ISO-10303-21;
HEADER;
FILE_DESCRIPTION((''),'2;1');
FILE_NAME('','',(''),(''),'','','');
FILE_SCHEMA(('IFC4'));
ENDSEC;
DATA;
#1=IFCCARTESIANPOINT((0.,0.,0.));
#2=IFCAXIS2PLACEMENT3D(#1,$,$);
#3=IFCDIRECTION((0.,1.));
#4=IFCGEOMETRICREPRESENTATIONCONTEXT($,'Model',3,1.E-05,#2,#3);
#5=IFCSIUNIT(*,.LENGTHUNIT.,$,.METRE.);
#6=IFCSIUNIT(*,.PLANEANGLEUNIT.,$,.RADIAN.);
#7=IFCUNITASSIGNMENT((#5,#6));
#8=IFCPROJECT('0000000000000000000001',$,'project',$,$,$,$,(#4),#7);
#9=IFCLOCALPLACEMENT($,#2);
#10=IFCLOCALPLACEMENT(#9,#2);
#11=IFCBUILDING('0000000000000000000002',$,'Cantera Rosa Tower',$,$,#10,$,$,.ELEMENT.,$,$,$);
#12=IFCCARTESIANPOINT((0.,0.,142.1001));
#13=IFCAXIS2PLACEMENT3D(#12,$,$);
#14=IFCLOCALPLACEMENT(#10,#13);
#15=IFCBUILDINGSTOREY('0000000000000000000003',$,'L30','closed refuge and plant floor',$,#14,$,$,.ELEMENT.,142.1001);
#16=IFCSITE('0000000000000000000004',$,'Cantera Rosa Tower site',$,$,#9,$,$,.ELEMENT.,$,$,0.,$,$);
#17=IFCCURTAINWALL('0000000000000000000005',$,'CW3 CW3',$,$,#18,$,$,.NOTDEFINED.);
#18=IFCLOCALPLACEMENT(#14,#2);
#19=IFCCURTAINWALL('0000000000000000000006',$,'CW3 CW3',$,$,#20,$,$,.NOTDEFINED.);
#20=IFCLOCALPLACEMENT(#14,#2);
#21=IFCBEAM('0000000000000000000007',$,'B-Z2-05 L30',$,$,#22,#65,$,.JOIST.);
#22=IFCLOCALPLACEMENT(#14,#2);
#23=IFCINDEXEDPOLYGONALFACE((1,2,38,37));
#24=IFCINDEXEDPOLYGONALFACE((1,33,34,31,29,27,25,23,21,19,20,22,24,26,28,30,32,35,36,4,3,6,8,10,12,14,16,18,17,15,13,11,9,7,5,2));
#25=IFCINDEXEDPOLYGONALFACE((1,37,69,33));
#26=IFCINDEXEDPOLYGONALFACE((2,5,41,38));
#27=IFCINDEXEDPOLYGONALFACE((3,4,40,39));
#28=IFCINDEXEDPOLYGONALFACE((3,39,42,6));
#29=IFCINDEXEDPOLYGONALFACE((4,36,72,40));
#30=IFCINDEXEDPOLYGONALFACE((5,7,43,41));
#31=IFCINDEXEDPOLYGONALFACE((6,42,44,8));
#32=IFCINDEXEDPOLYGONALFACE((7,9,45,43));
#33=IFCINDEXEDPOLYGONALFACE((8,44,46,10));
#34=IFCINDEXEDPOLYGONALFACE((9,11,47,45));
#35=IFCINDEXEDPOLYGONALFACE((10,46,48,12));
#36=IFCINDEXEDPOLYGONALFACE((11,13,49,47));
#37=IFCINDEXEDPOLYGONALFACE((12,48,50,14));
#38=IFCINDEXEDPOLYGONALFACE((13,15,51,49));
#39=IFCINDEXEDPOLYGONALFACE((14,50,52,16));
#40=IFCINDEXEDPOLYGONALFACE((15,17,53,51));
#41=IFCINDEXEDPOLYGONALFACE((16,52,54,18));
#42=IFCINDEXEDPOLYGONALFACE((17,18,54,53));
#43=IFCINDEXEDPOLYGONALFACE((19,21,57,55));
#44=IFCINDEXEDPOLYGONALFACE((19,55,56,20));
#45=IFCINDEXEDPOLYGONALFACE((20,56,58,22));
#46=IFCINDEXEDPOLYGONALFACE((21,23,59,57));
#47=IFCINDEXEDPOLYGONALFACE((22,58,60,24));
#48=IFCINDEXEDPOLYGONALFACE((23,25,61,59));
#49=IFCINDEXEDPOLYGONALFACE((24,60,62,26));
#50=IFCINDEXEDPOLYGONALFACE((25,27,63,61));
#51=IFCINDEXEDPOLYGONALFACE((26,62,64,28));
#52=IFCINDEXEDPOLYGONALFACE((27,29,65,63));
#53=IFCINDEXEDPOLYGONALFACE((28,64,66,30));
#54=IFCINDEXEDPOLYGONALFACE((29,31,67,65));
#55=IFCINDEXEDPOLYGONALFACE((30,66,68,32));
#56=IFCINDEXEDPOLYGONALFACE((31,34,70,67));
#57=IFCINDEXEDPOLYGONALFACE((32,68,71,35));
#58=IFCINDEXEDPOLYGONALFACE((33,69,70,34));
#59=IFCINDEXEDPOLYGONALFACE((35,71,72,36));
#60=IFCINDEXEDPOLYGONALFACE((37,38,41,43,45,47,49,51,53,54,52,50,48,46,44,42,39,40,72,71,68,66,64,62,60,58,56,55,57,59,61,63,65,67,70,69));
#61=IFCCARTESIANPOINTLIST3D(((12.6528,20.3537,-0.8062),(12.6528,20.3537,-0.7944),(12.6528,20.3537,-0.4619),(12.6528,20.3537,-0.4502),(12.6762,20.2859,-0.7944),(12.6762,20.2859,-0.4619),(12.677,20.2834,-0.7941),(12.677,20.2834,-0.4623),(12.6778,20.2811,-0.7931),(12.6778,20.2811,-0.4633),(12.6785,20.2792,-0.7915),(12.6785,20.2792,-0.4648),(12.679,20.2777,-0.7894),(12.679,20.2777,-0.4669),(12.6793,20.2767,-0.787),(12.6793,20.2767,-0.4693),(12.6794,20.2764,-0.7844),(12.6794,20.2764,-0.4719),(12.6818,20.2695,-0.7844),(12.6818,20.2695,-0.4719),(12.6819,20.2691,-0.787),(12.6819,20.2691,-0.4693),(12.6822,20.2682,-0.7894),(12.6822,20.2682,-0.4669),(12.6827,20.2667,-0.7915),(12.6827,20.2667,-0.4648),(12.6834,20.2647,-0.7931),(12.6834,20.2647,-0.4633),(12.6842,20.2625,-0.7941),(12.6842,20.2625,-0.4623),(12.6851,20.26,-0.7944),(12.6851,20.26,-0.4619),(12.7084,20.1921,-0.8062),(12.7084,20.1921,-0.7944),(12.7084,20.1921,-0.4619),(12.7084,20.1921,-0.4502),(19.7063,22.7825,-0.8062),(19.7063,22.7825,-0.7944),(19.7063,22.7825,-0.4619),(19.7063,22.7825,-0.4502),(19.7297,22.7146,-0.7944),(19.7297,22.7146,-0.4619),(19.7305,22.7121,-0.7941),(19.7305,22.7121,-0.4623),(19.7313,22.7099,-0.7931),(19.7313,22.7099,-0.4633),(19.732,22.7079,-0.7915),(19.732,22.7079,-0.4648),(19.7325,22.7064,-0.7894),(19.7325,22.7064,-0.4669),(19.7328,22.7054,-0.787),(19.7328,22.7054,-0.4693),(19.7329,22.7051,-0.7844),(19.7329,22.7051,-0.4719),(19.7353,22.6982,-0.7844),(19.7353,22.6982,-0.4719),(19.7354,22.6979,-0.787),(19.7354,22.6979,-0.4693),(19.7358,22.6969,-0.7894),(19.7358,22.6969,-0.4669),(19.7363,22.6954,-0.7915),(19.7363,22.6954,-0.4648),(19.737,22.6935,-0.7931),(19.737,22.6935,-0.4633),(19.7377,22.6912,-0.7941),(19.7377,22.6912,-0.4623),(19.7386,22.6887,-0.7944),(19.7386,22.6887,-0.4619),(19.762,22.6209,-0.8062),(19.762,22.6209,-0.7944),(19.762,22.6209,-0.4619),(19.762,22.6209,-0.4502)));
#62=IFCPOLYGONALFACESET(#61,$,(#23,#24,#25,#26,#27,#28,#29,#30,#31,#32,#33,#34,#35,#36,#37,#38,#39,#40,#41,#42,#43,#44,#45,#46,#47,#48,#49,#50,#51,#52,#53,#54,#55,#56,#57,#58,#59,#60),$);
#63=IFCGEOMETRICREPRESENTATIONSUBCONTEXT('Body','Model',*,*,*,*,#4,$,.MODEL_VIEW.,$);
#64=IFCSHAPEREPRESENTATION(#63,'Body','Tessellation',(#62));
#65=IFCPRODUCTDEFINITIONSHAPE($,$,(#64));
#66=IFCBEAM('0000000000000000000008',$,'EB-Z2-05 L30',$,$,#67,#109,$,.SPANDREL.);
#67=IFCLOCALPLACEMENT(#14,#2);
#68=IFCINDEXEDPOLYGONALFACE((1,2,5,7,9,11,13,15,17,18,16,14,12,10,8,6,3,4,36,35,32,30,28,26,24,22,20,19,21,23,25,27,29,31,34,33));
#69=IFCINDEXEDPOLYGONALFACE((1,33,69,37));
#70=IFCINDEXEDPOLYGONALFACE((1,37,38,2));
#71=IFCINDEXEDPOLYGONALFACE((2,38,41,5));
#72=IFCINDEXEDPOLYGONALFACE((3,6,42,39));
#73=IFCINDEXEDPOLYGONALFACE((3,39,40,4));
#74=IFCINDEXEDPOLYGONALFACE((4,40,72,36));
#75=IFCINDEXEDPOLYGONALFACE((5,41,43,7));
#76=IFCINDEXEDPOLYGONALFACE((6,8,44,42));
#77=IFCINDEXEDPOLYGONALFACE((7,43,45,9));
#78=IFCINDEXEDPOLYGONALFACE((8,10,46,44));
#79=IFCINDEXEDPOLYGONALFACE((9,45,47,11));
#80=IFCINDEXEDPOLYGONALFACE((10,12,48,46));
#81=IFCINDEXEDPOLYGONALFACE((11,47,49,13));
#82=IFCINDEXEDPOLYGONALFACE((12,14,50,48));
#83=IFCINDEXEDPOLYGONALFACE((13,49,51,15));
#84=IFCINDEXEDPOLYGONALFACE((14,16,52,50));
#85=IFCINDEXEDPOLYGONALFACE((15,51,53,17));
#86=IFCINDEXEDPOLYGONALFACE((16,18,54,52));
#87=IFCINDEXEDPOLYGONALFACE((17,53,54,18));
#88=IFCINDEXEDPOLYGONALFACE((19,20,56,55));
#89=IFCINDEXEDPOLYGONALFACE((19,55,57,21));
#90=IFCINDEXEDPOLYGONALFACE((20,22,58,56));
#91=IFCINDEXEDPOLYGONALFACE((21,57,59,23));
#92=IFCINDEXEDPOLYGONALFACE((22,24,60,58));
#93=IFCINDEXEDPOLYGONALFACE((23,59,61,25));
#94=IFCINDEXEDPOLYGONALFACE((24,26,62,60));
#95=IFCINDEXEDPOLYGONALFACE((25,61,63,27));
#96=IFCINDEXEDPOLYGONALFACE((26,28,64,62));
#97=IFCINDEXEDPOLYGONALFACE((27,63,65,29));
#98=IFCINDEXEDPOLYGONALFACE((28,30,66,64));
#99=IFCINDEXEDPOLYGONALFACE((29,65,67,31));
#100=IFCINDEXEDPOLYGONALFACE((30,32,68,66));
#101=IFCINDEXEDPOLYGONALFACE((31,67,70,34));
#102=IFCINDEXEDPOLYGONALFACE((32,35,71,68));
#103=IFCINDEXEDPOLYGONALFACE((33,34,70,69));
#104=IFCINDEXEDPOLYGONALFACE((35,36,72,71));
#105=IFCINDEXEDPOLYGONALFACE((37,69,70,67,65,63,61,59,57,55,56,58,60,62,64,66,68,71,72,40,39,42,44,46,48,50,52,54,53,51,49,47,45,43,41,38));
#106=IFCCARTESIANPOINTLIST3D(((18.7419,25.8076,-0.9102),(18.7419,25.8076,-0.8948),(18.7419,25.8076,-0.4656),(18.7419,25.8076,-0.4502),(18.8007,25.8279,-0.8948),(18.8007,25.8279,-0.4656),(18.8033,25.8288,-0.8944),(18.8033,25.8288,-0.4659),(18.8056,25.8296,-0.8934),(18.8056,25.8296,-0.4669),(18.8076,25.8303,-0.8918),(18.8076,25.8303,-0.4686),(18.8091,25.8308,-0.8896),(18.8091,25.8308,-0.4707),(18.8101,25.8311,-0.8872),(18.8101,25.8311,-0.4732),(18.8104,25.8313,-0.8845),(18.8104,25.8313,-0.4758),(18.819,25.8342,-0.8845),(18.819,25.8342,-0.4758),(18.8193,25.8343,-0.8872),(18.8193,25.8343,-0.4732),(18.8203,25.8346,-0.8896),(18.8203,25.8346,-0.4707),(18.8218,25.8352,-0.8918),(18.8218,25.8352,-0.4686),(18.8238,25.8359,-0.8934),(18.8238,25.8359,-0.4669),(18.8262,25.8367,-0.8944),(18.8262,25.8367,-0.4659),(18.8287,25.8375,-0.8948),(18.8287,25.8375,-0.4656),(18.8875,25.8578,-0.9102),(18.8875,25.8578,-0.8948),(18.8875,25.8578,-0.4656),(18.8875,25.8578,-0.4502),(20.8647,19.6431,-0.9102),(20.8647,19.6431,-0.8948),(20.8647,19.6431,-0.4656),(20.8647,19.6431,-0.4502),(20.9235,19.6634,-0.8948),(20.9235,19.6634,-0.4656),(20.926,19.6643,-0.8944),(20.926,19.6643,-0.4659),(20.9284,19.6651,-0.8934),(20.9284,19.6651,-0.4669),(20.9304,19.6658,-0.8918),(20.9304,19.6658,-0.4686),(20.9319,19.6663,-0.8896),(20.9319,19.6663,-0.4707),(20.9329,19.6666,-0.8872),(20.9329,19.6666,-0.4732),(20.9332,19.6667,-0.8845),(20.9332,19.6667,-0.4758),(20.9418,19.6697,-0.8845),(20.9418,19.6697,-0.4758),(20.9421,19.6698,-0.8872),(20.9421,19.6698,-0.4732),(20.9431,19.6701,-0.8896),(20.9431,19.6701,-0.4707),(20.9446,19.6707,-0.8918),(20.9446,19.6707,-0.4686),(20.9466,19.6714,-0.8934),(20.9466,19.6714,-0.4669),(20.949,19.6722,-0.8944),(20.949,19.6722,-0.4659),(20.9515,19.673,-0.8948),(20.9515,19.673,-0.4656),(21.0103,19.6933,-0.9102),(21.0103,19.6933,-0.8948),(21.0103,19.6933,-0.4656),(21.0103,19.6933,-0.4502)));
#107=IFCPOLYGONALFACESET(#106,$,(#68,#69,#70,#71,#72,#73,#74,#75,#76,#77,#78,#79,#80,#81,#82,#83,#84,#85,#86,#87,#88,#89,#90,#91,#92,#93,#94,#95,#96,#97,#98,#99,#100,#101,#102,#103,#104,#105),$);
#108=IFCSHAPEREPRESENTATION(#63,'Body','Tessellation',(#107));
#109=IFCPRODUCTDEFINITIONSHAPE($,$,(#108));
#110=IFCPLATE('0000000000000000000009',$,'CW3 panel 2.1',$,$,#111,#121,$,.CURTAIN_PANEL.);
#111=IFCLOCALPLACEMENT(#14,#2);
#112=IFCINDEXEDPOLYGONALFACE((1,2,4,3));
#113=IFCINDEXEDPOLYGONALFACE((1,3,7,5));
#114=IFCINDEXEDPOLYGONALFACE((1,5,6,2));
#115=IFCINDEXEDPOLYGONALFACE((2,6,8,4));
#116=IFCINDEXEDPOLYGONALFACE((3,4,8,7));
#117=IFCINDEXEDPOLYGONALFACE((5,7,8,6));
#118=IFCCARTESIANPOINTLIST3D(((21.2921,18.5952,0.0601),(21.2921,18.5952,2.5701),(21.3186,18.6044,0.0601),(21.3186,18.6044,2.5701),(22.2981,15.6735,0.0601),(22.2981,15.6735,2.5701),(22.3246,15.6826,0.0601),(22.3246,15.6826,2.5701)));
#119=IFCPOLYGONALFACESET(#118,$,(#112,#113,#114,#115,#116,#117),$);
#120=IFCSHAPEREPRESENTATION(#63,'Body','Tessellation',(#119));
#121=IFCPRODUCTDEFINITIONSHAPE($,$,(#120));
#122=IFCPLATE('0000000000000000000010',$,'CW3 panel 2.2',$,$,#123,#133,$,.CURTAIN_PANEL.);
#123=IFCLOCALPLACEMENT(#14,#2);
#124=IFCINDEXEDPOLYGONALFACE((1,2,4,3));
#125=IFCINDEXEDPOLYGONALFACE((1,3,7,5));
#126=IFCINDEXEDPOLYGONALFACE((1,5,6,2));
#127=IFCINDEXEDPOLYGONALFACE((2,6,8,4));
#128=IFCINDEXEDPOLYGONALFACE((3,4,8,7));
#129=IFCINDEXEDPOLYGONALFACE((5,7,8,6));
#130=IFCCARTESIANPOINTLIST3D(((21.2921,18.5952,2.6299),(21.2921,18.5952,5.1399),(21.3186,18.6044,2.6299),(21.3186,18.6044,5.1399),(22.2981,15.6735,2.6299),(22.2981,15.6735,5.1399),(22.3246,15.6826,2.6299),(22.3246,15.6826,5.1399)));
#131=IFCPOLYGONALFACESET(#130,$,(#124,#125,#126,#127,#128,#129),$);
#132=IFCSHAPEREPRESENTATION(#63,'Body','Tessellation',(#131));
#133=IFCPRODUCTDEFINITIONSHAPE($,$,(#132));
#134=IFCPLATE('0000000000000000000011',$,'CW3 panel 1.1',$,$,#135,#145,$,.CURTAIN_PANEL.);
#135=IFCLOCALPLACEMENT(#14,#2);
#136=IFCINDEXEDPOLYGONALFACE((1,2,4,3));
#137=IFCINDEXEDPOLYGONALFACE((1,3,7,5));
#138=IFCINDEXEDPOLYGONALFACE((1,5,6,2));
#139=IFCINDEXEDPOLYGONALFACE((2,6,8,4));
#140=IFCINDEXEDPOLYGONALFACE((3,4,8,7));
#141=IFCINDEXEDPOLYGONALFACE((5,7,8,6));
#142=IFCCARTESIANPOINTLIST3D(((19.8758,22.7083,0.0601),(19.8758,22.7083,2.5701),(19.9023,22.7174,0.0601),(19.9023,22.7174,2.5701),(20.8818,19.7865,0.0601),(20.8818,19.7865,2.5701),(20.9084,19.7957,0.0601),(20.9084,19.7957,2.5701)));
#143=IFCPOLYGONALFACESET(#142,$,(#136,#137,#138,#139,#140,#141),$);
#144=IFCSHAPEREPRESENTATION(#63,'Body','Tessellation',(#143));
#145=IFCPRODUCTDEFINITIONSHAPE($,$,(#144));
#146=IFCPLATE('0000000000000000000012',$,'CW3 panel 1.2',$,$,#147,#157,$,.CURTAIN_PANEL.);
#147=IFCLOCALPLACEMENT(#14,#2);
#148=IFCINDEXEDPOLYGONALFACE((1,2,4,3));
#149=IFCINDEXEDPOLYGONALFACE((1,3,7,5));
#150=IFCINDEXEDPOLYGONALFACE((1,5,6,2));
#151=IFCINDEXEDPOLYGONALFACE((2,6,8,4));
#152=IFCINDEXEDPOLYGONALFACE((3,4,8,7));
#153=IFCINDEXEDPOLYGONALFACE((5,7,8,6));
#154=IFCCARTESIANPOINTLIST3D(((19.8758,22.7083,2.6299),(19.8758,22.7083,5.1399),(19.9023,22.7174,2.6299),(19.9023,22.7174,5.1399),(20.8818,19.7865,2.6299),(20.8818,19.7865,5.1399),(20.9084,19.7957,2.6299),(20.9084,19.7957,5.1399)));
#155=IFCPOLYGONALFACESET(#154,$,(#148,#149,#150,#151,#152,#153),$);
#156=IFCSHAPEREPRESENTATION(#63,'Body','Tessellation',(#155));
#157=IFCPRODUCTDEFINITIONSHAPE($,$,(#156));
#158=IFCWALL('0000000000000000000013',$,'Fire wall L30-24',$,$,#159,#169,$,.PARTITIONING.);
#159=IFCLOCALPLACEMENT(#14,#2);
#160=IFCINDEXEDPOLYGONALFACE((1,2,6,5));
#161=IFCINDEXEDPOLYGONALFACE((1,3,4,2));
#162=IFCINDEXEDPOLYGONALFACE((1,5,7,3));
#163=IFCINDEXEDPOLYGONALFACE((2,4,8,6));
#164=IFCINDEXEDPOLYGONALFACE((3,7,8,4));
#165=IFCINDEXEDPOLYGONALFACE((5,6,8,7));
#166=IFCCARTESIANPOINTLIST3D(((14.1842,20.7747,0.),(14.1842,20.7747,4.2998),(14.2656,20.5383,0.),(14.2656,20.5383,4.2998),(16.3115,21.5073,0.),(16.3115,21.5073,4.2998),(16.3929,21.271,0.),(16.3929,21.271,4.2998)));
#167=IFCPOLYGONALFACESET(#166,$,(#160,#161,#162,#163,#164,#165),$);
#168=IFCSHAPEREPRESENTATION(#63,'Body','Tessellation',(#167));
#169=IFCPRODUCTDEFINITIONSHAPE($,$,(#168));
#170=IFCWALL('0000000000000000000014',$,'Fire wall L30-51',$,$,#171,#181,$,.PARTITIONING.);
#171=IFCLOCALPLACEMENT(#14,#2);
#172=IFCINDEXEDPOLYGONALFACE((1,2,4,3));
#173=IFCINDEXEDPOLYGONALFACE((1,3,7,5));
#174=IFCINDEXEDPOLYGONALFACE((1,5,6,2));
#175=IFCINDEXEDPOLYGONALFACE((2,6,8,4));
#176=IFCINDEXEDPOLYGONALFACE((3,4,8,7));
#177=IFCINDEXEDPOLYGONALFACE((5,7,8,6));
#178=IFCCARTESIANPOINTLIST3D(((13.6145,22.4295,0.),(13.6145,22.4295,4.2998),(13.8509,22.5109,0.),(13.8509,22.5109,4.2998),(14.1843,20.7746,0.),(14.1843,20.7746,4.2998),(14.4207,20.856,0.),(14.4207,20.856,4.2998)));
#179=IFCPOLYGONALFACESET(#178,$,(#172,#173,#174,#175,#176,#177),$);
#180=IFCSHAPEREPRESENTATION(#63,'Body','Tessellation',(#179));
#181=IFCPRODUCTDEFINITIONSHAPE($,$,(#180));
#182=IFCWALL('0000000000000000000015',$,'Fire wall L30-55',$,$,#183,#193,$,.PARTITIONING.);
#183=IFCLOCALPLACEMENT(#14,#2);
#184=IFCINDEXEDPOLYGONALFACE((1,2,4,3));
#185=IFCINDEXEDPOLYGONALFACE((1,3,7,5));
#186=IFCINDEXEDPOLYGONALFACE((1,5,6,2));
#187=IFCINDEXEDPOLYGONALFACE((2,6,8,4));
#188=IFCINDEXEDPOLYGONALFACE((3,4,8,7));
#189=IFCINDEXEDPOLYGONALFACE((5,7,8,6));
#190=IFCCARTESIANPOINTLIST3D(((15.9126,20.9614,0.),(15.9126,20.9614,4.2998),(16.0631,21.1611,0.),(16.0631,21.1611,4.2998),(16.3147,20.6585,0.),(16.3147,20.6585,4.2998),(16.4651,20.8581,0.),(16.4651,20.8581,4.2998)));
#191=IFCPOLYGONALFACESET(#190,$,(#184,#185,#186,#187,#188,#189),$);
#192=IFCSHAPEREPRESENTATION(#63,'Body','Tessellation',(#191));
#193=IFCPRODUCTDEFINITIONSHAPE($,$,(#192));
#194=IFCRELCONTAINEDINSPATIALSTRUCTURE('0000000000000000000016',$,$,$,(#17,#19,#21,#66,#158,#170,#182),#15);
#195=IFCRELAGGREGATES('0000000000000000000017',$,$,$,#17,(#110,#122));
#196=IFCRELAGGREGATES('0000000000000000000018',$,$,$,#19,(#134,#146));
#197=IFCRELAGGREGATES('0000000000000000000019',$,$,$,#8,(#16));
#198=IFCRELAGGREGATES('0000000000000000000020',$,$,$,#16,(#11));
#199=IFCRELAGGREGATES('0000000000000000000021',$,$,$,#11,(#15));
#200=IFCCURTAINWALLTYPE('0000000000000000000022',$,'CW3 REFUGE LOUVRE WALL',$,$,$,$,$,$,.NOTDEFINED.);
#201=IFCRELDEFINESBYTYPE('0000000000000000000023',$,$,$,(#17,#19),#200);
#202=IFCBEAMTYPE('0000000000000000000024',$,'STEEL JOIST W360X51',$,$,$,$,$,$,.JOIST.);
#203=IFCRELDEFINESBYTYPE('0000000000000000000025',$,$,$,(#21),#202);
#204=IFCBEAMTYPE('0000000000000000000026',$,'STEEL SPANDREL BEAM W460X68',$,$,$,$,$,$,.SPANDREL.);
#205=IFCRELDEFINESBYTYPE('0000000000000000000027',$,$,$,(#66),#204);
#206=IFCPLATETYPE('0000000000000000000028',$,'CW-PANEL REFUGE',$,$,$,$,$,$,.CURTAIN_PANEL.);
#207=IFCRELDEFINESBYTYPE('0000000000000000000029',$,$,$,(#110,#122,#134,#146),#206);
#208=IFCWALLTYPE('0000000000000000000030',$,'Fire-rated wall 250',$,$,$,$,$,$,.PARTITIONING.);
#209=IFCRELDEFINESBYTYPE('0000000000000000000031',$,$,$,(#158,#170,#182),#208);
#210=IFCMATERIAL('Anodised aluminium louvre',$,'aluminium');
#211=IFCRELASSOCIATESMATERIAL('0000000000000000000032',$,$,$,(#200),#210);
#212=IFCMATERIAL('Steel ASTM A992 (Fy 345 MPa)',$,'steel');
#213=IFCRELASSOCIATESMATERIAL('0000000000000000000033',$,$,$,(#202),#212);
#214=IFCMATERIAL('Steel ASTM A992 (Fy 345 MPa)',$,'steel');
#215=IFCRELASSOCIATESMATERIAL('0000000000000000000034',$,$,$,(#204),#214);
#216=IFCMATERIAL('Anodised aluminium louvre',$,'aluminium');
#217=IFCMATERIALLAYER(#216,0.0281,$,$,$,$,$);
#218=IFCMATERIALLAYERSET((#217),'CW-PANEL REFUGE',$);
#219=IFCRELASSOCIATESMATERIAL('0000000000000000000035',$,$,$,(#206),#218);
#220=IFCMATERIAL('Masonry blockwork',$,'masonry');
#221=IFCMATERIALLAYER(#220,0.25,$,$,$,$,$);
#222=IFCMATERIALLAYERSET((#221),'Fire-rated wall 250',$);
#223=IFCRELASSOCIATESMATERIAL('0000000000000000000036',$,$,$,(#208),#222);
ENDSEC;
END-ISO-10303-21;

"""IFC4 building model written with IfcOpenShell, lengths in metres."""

from ifc_helpers import new_model, si_unit, direction, frame, frame_2d, origin, origin_2d, place, context, subcontext, project, spatial, rectangle, i_section, extrude, material, layer, layer_set, material_profile, profile_set, type_object, element, aggregate, save


model = new_model("IFC4")

# Units and contexts
model_context = context("Model", 3, precision=1e-05, world=origin(), true_north=direction((0.0, 1.0)))
body_context = subcontext(model_context, "Body", "Model", "MODEL_VIEW")
ifc_project = project(units=[si_unit("LENGTHUNIT", "METRE"), si_unit("PLANEANGLEUNIT", "RADIAN")], contexts=[model_context])

# Site, building, storey
site_placement = place(None, origin())
site = spatial("IfcSite", under=ifc_project, at=site_placement, Name="Cantera Rosa Tower site", CompositionType="ELEMENT", RefElevation=0.0)
building_placement = place(site_placement, origin())
building = spatial("IfcBuilding", under=site, at=building_placement, Name="Cantera Rosa Tower", CompositionType="ELEMENT")
storey_placement = place(building_placement, frame((0.0, 0.0, 142.1001)))
storey = spatial("IfcBuildingStorey", under=building, at=storey_placement, Name="L30", Description="closed refuge and plant floor", CompositionType="ELEMENT", Elevation=142.1001)

# Curtain wall
ifc_material_1 = material(Name="Anodised aluminium louvre", Category="aluminium")
curtain_wall_type = type_object("IfcCurtainWallType", Name="CW3 REFUGE LOUVRE WALL", PredefinedType="NOTDEFINED", material=ifc_material_1)
curtain_wall_1_placement = place(storey_placement, origin())
curtain_wall_1 = element("IfcCurtainWall", 1, at=curtain_wall_1_placement, inside=storey, type_object=curtain_wall_type, Name="CW3 CW3", PredefinedType="NOTDEFINED")

# Curtain wall
curtain_wall_2_placement = place(storey_placement, origin())
curtain_wall_2 = element("IfcCurtainWall", 2, at=curtain_wall_2_placement, inside=storey, type_object=curtain_wall_type, Name="CW3 CW3", PredefinedType="NOTDEFINED")

# Beams
ifc_material_2 = material(Name="Steel ASTM A992 (Fy 345 MPa)", Category="steel")
ifc_material_profile_1 = material_profile(ifc_material_2, i_section(OverallWidth=0.1709, OverallDepth=0.356, WebThickness=0.0073, FlangeThickness=0.0117, FilletRadius=0.01, at=origin_2d()), Name="W360X51")
ifc_profile_set_1 = profile_set([ifc_material_profile_1], Name="Steel ASTM A992 (Fy 345 MPa)")
beam_type_1 = type_object("IfcBeamType", Name="STEEL JOIST W360X51", PredefinedType="JOIST", material=ifc_profile_set_1)
beam_1_placement = place(storey_placement, frame((19.7341, 22.7017, -0.6282), z_axis=(-0.945518, -0.325569, 0.0), x_axis=(0.325569, -0.945518, 0.0)))
element("IfcBeam", 3, at=beam_1_placement, inside=storey, type_object=beam_type_1, Name="B-Z2-05 L30", PredefinedType="JOIST", context=body_context, shape_type="SweptSolid", body=[
    extrude(i_section(OverallWidth=0.1709, OverallDepth=0.356, WebThickness=0.0073, FlangeThickness=0.0117, FilletRadius=0.01, at=origin_2d()), origin(), (0.0, 0.0, 1.0), 7.46),
])
ifc_material_3 = material(Name="Steel ASTM A992 (Fy 345 MPa)", Category="steel")
ifc_material_profile_2 = material_profile(ifc_material_3, i_section(OverallWidth=0.1541, OverallDepth=0.46, WebThickness=0.009, FlangeThickness=0.0154, FilletRadius=0.0103, at=origin_2d()), Name="W460X68")
ifc_profile_set_2 = profile_set([ifc_material_profile_2], Name="Steel ASTM A992 (Fy 345 MPa)")
beam_type_2 = type_object("IfcBeamType", Name="STEEL SPANDREL BEAM W460X68", PredefinedType="SPANDREL", material=ifc_profile_set_2)
beam_2_placement = place(storey_placement, frame((20.9375, 19.6682, -0.6802), z_axis=(-0.325593, 0.94551, 0.0), x_axis=(-0.94551, -0.325593, 0.0)))
element("IfcBeam", 4, at=beam_2_placement, inside=storey, type_object=beam_type_2, Name="EB-Z2-05 L30", PredefinedType="SPANDREL", context=body_context, shape_type="SweptSolid", body=[
    extrude(i_section(OverallWidth=0.1541, OverallDepth=0.46, WebThickness=0.009, FlangeThickness=0.0154, FilletRadius=0.0103, at=origin_2d()), origin(), (0.0, 0.0, 1.0), 6.5198),
])

# Plates
ifc_material_4 = material(Name="Anodised aluminium louvre", Category="aluminium")
ifc_layer_1 = layer(ifc_material_4, 0.0281)
ifc_layer_set_1 = layer_set([ifc_layer_1], Name="CW-PANEL REFUGE")
plate_type = type_object("IfcPlateType", Name="CW-PANEL REFUGE", PredefinedType="CURTAIN_PANEL", material=ifc_layer_set_1)
plate_1_placement = place(storey_placement, frame((21.8083, 17.1389, 0.0601), z_axis=(0.0, 0.0, 1.0), x_axis=(-0.325568, 0.945519, 0.0)))
plate_1 = element("IfcPlate", 5, at=plate_1_placement, type_object=plate_type, Name="CW3 panel 2.1", PredefinedType="CURTAIN_PANEL", context=body_context, shape_type="SweptSolid", body=[
    extrude(rectangle(XDim=3.0901, YDim=0.0281, at=origin_2d()), origin(), (0.0, 0.0, 1.0), 2.51),
])
plate_2_placement = place(storey_placement, frame((21.8083, 17.1389, 2.6299), z_axis=(0.0, 0.0, 1.0), x_axis=(-0.325568, 0.945519, 0.0)))
plate_2 = element("IfcPlate", 6, at=plate_2_placement, type_object=plate_type, Name="CW3 panel 2.2", PredefinedType="CURTAIN_PANEL", context=body_context, shape_type="SweptSolid", body=[
    extrude(rectangle(XDim=3.0901, YDim=0.0281, at=origin_2d()), origin(), (0.0, 0.0, 1.0), 2.51),
])
aggregate(curtain_wall_1, [plate_1, plate_2])
plate_3_placement = place(storey_placement, frame((20.3921, 21.252, 0.0601), z_axis=(0.0, 0.0, 1.0), x_axis=(-0.325568, 0.945519, 0.0)))
plate_3 = element("IfcPlate", 7, at=plate_3_placement, type_object=plate_type, Name="CW3 panel 1.1", PredefinedType="CURTAIN_PANEL", context=body_context, shape_type="SweptSolid", body=[
    extrude(rectangle(XDim=3.0901, YDim=0.0281, at=origin_2d()), origin(), (0.0, 0.0, 1.0), 2.51),
])
plate_4_placement = place(storey_placement, frame((20.3921, 21.252, 2.6299), z_axis=(0.0, 0.0, 1.0), x_axis=(-0.325568, 0.945519, 0.0)))
plate_4 = element("IfcPlate", 8, at=plate_4_placement, type_object=plate_type, Name="CW3 panel 1.2", PredefinedType="CURTAIN_PANEL", context=body_context, shape_type="SweptSolid", body=[
    extrude(rectangle(XDim=3.0901, YDim=0.0281, at=origin_2d()), origin(), (0.0, 0.0, 1.0), 2.51),
])
aggregate(curtain_wall_2, [plate_3, plate_4])

# Walls
ifc_material_5 = material(Name="Masonry blockwork", Category="masonry")
ifc_layer_2 = layer(ifc_material_5, 0.25)
ifc_layer_set_2 = layer_set([ifc_layer_2], Name="Fire-rated wall 250")
wall_type = type_object("IfcWallType", Name="Fire-rated wall 250", PredefinedType="PARTITIONING", material=ifc_layer_set_2)
wall_1_placement = place(storey_placement, frame((14.2249, 20.6565, 0.0), z_axis=(0.0, 0.0, 1.0), x_axis=(0.945501, 0.325619, 0.0)))
element("IfcWall", 9, at=wall_1_placement, inside=storey, type_object=wall_type, Name="Fire wall L30-24", PredefinedType="PARTITIONING", context=body_context, shape_type="SweptSolid", body=[
    extrude(rectangle(XDim=2.25, YDim=0.25, at=frame_2d((1.125, 0.0))), origin(), (0.0, 0.0, 1.0), 4.2998),
])
wall_2_placement = place(storey_placement, frame((14.3025, 20.8154, 0.0), z_axis=(0.0, 0.0, 1.0), x_axis=(-0.325587, 0.945512, 0.0)))
element("IfcWall", 10, at=wall_2_placement, inside=storey, type_object=wall_type, Name="Fire wall L30-51", PredefinedType="PARTITIONING", context=body_context, shape_type="SweptSolid", body=[
    extrude(rectangle(XDim=1.7502, YDim=0.25, at=frame_2d((0.875, 0.0))), origin(), (0.0, 0.0, 1.0), 4.2998),
])
wall_3_placement = place(storey_placement, frame((16.3899, 20.7583, 0.0), z_axis=(0.0, 0.0, 1.0), x_axis=(-0.79866, 0.601783, 0.0)))
element("IfcWall", 11, at=wall_3_placement, inside=storey, type_object=wall_type, Name="Fire wall L30-55", PredefinedType="PARTITIONING", context=body_context, shape_type="SweptSolid", body=[
    extrude(rectangle(XDim=0.5034, YDim=0.25, at=frame_2d((0.2517, 0.0))), origin(), (0.0, 0.0, 1.0), 4.2998),
])

save(model, "model.ifc")
